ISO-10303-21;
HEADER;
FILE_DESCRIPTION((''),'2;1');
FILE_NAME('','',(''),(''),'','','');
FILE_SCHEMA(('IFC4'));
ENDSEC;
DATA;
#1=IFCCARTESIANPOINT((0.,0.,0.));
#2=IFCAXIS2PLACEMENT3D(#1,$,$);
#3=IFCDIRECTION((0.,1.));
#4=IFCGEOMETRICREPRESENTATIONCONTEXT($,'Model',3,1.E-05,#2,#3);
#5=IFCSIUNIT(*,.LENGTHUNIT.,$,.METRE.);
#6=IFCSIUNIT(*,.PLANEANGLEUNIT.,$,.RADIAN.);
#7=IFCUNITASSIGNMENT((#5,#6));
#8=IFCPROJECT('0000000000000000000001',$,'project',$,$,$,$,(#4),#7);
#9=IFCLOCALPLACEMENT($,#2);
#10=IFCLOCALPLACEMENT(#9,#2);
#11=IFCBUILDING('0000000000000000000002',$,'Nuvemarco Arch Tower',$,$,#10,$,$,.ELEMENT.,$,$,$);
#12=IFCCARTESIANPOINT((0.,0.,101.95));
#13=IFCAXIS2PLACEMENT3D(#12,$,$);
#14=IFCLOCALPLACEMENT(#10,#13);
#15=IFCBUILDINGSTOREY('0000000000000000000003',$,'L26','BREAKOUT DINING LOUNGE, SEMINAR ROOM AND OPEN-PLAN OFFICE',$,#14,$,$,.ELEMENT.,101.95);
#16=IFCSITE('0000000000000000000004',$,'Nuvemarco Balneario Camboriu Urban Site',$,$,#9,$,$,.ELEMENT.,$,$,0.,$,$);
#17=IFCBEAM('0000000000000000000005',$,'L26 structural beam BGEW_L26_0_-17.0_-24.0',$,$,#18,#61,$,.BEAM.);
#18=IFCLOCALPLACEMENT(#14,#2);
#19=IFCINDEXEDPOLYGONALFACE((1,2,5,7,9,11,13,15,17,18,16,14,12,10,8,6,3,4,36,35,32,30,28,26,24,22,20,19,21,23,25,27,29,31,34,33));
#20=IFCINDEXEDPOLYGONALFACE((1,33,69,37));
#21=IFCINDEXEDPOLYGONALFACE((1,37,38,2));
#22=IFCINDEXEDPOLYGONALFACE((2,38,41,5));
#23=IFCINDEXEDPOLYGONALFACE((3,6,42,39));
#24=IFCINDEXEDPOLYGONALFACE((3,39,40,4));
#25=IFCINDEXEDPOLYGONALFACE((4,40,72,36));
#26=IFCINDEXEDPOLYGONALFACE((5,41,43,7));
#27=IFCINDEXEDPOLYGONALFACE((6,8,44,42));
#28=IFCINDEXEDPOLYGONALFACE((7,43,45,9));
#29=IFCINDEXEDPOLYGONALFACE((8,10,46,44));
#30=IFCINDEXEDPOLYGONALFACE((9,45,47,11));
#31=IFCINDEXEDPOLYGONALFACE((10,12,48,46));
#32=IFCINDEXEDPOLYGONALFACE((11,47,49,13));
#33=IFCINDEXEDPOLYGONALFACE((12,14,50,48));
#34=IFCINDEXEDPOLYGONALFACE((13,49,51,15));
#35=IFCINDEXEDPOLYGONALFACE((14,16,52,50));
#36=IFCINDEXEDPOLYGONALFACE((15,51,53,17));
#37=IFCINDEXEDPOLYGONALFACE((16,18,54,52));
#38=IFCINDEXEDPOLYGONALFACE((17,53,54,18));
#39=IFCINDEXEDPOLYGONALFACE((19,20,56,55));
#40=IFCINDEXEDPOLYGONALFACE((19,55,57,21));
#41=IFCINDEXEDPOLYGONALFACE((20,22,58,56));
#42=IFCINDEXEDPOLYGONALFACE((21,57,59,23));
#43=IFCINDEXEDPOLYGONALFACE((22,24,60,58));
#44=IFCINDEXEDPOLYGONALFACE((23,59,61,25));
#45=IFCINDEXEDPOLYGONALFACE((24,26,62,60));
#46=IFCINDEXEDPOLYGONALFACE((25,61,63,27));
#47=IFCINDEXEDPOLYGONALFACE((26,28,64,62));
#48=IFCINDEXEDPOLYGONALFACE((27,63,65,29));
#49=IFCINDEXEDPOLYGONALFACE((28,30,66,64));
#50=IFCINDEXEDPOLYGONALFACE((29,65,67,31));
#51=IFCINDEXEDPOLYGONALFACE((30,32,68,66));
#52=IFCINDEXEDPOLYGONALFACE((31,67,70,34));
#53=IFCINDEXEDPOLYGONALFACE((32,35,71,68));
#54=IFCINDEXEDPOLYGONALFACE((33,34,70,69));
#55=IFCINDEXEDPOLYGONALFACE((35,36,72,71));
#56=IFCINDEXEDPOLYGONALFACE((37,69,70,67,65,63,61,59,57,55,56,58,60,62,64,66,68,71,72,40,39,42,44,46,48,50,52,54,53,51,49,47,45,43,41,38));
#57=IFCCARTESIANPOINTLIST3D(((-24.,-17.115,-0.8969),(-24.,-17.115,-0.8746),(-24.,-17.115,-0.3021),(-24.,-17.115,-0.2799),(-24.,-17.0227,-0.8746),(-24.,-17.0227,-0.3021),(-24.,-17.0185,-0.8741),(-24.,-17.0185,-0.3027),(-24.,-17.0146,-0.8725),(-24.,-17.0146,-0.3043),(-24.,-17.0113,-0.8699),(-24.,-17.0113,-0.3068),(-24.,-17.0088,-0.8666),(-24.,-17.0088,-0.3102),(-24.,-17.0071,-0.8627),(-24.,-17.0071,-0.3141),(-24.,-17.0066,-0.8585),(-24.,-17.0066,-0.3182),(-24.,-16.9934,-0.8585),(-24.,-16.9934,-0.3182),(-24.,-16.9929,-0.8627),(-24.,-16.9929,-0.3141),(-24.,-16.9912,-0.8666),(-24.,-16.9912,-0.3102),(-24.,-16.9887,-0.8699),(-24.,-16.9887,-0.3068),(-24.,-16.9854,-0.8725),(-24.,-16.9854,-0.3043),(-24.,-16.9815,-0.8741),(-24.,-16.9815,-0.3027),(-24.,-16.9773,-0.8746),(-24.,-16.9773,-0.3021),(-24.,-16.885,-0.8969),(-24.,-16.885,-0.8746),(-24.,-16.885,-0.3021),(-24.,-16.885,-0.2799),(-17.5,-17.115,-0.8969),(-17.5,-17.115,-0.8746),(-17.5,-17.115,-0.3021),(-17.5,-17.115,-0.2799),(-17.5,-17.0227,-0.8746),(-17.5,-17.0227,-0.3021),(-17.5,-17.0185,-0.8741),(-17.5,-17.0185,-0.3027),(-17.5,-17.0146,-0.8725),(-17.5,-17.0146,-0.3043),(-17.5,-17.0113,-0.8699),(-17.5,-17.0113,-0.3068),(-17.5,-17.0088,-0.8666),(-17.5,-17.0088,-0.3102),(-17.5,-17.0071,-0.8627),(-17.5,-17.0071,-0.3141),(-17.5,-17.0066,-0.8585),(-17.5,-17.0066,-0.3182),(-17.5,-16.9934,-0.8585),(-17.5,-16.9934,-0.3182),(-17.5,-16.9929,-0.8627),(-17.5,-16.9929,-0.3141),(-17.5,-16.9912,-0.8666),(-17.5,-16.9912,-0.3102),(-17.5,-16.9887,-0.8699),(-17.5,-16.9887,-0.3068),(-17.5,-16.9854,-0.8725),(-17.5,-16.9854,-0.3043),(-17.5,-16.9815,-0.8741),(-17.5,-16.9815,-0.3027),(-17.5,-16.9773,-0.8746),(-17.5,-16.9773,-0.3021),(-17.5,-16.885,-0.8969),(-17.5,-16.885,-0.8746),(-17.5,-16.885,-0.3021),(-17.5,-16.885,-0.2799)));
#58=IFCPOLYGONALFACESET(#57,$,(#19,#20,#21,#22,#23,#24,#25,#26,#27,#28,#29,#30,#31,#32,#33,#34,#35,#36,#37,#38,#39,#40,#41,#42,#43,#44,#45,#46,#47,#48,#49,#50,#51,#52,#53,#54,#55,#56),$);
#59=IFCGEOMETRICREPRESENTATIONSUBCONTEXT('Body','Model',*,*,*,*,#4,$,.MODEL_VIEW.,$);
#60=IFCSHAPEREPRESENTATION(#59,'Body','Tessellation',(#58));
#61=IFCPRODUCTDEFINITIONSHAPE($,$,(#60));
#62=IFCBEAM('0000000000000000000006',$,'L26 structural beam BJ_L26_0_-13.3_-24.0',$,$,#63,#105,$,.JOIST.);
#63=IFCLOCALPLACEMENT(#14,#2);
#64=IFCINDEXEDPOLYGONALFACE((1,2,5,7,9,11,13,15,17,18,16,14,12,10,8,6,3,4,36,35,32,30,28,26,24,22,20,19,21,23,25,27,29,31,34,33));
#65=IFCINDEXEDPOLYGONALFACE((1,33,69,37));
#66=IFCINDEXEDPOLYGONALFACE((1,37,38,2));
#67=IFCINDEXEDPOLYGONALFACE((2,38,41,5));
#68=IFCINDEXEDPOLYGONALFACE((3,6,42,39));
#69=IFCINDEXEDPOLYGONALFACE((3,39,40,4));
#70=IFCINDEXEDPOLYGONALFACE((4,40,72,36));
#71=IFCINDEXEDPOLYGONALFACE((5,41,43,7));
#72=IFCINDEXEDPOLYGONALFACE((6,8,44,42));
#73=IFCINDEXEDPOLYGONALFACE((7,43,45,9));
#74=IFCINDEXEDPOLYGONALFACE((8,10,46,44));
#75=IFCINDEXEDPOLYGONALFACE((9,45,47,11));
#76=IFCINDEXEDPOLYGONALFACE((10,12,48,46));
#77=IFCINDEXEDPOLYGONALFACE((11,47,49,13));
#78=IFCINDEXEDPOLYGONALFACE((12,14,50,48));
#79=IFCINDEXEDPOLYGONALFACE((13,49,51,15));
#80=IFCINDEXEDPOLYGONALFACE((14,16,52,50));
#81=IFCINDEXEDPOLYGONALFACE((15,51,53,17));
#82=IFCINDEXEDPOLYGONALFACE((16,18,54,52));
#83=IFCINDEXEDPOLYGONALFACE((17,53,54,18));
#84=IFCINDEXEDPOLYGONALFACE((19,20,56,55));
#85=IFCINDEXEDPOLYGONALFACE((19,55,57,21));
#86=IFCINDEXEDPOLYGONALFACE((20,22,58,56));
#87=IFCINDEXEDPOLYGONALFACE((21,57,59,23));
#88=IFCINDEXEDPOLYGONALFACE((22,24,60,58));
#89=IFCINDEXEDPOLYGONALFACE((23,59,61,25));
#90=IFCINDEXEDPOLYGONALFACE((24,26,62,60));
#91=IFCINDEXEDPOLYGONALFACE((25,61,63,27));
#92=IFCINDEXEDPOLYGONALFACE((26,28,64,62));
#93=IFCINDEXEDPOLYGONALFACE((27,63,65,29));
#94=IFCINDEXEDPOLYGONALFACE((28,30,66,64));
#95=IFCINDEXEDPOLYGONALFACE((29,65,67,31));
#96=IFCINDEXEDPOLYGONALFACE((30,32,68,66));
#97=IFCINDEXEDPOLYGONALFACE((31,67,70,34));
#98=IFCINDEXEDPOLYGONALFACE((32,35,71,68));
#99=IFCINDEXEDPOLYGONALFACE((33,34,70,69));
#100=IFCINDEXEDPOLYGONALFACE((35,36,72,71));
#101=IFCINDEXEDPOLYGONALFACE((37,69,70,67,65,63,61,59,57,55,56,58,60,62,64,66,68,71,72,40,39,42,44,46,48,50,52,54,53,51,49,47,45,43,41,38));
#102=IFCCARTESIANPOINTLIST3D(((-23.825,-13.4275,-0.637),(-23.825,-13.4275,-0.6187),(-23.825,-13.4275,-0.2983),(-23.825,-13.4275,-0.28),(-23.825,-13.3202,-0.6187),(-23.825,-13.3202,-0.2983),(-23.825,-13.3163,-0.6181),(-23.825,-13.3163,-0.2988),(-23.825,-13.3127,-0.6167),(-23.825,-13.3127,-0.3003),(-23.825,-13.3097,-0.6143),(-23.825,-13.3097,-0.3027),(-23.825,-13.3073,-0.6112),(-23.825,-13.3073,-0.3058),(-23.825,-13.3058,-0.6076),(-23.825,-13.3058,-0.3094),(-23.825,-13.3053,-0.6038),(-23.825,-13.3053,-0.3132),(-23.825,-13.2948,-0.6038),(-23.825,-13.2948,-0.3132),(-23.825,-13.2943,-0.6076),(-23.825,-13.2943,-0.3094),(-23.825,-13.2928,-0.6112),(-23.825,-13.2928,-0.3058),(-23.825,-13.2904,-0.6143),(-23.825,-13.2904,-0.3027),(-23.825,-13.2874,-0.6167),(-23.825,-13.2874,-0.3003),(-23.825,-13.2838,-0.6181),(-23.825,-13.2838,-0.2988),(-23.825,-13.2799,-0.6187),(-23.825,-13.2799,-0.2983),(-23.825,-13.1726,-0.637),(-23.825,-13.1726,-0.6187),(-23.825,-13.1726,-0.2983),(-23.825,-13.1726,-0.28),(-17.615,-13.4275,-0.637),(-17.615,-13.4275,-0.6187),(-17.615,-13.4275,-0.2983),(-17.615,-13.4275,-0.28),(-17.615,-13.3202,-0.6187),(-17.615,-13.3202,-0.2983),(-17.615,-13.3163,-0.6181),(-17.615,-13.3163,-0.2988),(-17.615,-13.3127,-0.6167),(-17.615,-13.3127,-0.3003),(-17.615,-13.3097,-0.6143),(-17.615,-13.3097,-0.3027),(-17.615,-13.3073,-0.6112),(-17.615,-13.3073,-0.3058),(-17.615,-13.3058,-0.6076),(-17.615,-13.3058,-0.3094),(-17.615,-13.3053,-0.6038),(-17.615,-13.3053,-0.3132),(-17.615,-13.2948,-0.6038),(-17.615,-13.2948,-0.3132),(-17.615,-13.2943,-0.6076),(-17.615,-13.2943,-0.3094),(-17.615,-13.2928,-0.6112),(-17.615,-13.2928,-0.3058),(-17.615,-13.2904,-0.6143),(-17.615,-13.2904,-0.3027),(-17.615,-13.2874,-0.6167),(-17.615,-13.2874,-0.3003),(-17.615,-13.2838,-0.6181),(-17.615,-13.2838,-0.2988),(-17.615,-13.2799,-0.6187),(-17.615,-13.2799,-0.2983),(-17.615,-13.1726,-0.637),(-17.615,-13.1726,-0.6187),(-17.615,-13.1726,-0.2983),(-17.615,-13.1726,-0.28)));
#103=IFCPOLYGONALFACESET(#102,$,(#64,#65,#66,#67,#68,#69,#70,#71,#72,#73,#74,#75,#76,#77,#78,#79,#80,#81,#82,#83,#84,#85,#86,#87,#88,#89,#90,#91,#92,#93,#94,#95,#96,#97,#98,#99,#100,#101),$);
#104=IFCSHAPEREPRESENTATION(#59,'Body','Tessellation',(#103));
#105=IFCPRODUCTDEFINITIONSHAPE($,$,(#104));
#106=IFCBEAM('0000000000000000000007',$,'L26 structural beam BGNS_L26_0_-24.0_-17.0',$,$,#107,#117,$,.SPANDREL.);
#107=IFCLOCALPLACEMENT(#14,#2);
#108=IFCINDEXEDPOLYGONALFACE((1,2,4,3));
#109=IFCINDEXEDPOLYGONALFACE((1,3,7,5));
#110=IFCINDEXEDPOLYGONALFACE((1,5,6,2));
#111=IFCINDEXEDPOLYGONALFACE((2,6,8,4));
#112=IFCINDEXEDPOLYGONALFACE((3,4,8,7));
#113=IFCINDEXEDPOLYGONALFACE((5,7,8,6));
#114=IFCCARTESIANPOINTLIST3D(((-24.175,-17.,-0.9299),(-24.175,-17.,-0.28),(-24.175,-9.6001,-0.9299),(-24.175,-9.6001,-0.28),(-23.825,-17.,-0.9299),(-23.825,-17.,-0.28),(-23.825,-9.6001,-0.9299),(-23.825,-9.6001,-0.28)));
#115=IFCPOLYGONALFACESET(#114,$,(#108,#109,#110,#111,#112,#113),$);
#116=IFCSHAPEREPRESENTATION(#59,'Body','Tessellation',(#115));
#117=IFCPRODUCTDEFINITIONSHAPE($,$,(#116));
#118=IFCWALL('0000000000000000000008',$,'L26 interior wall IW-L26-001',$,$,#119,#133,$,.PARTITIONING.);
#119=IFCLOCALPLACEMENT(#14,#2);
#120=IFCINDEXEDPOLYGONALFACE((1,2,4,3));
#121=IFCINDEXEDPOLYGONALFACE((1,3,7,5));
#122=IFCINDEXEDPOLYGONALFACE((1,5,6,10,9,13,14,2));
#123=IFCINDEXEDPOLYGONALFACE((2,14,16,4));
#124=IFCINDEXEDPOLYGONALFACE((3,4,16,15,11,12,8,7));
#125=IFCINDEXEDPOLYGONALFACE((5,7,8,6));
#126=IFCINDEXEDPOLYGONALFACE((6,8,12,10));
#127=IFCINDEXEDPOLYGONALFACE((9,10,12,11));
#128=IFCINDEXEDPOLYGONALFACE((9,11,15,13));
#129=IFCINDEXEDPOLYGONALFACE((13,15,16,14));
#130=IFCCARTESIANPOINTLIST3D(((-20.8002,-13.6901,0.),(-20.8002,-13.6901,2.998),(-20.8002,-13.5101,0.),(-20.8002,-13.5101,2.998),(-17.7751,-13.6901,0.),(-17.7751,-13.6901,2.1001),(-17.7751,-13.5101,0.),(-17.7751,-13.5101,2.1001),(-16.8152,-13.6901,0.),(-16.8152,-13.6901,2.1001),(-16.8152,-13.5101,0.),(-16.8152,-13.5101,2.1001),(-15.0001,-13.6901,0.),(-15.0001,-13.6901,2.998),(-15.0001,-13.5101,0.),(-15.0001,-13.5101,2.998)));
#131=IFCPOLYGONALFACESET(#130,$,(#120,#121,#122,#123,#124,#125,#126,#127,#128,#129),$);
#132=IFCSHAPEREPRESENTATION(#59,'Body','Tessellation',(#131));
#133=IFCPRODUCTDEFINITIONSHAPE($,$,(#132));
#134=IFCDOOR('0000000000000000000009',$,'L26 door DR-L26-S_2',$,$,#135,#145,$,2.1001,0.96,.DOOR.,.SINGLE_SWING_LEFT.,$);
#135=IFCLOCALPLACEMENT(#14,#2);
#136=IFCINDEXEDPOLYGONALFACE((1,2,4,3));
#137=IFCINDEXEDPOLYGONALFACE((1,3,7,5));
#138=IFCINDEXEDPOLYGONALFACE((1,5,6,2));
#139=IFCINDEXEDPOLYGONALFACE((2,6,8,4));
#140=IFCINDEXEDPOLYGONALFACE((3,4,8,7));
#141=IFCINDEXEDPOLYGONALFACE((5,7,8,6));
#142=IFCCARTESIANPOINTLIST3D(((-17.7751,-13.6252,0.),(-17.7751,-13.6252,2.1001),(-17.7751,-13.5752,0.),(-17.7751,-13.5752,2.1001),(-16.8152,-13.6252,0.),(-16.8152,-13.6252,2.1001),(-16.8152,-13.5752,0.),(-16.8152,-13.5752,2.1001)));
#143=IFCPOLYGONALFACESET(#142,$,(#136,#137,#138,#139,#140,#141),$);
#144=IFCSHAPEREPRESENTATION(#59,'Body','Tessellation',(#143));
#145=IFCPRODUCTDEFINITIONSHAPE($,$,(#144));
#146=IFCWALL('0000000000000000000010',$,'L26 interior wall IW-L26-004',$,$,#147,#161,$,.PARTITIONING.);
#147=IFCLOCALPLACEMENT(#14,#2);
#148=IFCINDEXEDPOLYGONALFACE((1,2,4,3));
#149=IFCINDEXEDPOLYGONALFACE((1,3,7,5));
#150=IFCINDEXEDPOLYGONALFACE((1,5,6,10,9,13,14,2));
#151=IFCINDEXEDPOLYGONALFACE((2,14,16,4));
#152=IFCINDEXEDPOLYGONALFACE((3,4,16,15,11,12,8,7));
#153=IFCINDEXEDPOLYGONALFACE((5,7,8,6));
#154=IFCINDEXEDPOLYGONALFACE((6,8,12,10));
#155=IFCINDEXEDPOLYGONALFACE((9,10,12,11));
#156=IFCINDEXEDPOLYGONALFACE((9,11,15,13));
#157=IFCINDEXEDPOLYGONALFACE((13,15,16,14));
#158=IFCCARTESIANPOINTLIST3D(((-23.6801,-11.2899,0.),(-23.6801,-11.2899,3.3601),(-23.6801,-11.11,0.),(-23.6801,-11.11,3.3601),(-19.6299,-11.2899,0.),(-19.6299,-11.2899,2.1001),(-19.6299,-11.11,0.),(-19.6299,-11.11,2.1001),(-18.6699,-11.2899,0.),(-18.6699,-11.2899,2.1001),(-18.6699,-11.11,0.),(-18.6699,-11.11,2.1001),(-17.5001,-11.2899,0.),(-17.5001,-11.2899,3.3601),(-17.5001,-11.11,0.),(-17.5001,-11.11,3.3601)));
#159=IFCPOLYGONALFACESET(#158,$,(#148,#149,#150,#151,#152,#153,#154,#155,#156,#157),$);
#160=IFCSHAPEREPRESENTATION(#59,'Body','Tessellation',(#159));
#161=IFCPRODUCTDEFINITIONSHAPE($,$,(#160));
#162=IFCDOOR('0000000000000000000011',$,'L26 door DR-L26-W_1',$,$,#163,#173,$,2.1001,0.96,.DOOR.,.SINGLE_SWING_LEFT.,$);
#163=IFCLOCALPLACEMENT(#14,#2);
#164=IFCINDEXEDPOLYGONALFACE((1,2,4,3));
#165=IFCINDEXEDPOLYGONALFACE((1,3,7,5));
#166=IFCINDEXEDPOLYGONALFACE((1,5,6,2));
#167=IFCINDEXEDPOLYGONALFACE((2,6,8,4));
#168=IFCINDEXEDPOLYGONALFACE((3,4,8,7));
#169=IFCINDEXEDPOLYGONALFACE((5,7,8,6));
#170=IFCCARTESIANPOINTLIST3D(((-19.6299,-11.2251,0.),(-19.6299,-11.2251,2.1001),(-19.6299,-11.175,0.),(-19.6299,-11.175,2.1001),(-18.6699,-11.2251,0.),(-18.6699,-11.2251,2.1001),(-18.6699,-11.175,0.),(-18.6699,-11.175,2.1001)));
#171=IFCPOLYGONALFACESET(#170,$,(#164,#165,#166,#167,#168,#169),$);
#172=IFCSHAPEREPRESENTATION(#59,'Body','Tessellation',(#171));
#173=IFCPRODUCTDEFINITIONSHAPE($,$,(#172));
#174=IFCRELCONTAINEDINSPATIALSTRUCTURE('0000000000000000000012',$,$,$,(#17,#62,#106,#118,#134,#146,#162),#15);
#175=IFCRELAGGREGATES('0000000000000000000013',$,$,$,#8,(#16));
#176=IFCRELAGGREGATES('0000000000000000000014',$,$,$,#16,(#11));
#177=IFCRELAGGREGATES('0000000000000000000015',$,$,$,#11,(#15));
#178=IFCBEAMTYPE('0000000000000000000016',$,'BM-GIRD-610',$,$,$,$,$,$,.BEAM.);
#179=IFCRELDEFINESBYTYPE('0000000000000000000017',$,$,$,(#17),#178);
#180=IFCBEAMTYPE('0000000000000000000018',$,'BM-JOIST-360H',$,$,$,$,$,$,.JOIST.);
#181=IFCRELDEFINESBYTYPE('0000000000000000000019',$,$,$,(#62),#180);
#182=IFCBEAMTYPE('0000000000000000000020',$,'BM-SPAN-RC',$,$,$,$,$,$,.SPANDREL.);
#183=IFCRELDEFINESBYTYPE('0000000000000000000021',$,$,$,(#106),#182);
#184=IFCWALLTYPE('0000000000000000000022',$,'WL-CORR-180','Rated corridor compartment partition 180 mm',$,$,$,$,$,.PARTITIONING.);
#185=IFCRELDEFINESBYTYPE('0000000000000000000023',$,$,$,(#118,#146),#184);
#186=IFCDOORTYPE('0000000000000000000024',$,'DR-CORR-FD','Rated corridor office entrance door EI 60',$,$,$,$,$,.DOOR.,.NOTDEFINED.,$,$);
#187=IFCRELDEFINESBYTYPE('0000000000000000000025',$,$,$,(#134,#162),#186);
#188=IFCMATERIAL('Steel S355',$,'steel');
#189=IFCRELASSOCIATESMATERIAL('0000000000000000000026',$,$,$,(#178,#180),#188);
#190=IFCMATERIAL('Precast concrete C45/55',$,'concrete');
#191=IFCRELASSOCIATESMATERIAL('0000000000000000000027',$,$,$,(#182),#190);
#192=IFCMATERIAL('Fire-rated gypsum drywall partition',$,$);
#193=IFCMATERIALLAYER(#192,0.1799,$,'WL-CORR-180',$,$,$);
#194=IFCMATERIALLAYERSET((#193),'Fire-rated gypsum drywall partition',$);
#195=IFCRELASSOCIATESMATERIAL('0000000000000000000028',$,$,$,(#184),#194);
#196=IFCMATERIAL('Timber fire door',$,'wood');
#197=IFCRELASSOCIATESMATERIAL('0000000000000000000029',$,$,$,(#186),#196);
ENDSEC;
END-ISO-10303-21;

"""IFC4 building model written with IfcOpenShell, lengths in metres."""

from ifc_helpers import new_model, si_unit, direction, frame, frame_2d, origin, origin_2d, place, context, subcontext, project, spatial, rectangle, i_section, extrude, source, transform, mapped, material, layer, layer_set, material_profile, profile_set, type_object, type_shapes, element, fill, save


model = new_model("IFC4")

# Units and contexts
model_context = context("Model", 3, precision=1e-05, world=origin(), true_north=direction((0.0, 1.0)))
body_context = subcontext(model_context, "Body", "Model", "MODEL_VIEW")
ifc_project = project(units=[si_unit("LENGTHUNIT", "METRE"), si_unit("PLANEANGLEUNIT", "RADIAN")], contexts=[model_context])

# Site, building, storey
site_placement = place(None, origin())
site = spatial("IfcSite", under=ifc_project, at=site_placement, Name="Nuvemarco Balneario Camboriu Urban Site", CompositionType="ELEMENT", RefElevation=0.0)
building_placement = place(site_placement, origin())
building = spatial("IfcBuilding", under=site, at=building_placement, Name="Nuvemarco Arch Tower", CompositionType="ELEMENT")
storey_placement = place(building_placement, frame((0.0, 0.0, 101.95)))
storey = spatial("IfcBuildingStorey", under=building, at=storey_placement, Name="L26", Description="BREAKOUT DINING LOUNGE, SEMINAR ROOM AND OPEN-PLAN OFFICE", CompositionType="ELEMENT", Elevation=101.95)

# Shared definitions
ifc_material_1 = material(Name="Steel S355", Category="steel")

# Beams
ifc_material_profile_1 = material_profile(ifc_material_1, i_section(OverallWidth=0.23, OverallDepth=0.6169, WebThickness=0.0132, FlangeThickness=0.0222, FilletRadius=0.0161, at=origin_2d()), Name="W610x140")
ifc_profile_set_1 = profile_set([ifc_material_profile_1], Name="Steel S355")
beam_type_1 = type_object("IfcBeamType", Name="BM-GIRD-610", PredefinedType="BEAM", material=ifc_profile_set_1)
beam_1_placement = place(storey_placement, frame((-24.0, -17.0, -0.5884), z_axis=(1.0, 0.0, 0.0), x_axis=(0.0, 1.0, 0.0)))
element("IfcBeam", 1, at=beam_1_placement, inside=storey, type_object=beam_type_1, Name="L26 structural beam BGEW_L26_0_-17.0_-24.0", PredefinedType="BEAM", context=body_context, shape_type="SweptSolid", body=[
    extrude(i_section(OverallWidth=0.23, OverallDepth=0.6169, WebThickness=0.0132, FlangeThickness=0.0222, FilletRadius=0.0161, at=origin_2d()), origin(), (0.0, 0.0, 1.0), 6.5),
])
ifc_material_profile_2 = material_profile(ifc_material_1, i_section(OverallWidth=0.2549, OverallDepth=0.3569, WebThickness=0.0105, FlangeThickness=0.0183, FilletRadius=0.0149, at=origin_2d()), Name="W360x101")
ifc_profile_set_2 = profile_set([ifc_material_profile_2], Name="Steel S355")
beam_type_2 = type_object("IfcBeamType", Name="BM-JOIST-360H", PredefinedType="JOIST", material=ifc_profile_set_2)
beam_2_placement = place(storey_placement, frame((-23.825, -13.3, -0.4585), z_axis=(1.0, 0.0, 0.0), x_axis=(0.0, 1.0, 0.0)))
element("IfcBeam", 2, at=beam_2_placement, inside=storey, type_object=beam_type_2, Name="L26 structural beam BJ_L26_0_-13.3_-24.0", PredefinedType="JOIST", context=body_context, shape_type="SweptSolid", body=[
    extrude(i_section(OverallWidth=0.2549, OverallDepth=0.3569, WebThickness=0.0105, FlangeThickness=0.0183, FilletRadius=0.0149, at=origin_2d()), origin(), (0.0, 0.0, 1.0), 6.21),
])
ifc_material_2 = material(Name="Precast concrete C45/55", Category="concrete")
ifc_material_profile_3 = material_profile(ifc_material_2, rectangle(XDim=0.3501, YDim=0.6499, at=origin_2d()), Name="PC-SP-350x650")
ifc_profile_set_3 = profile_set([ifc_material_profile_3], Name="Precast concrete C45/55")
beam_type_3 = type_object("IfcBeamType", Name="BM-SPAN-RC", PredefinedType="SPANDREL", material=ifc_profile_set_3)
beam_3_placement = place(storey_placement, frame((-24.0, -17.0, -0.605), z_axis=(0.0, 1.0, 0.0), x_axis=(-1.0, 0.0, 0.0)))
element("IfcBeam", 3, at=beam_3_placement, inside=storey, type_object=beam_type_3, Name="L26 structural beam BGNS_L26_0_-24.0_-17.0", PredefinedType="SPANDREL", context=body_context, shape_type="SweptSolid", body=[
    extrude(rectangle(XDim=0.3501, YDim=0.6499, at=origin_2d()), origin(), (0.0, 0.0, 1.0), 7.3999),
])

# Walls, openings, doors
ifc_material_3 = material(Name="Fire-rated gypsum drywall partition")
ifc_layer = layer(ifc_material_3, 0.1799, Name="WL-CORR-180")
ifc_layer_set = layer_set([ifc_layer], Name="Fire-rated gypsum drywall partition")
wall_type = type_object("IfcWallType", Name="WL-CORR-180", Description="Rated corridor compartment partition 180 mm", PredefinedType="PARTITIONING", material=ifc_layer_set)
wall_1_placement = place(storey_placement, frame((-20.8, -13.6001, 0.0), z_axis=(0.0, 0.0, 1.0), x_axis=(1.0, 0.0, 0.0)))
wall_1 = element("IfcWall", 4, at=wall_1_placement, inside=storey, type_object=wall_type, Name="L26 interior wall IW-L26-001", PredefinedType="PARTITIONING", context=body_context, shape_type="SweptSolid", body=[
    extrude(rectangle(XDim=5.8, YDim=0.1799, at=frame_2d((2.8999, 0.0))), origin(), (0.0, 0.0, 1.0), 2.998),
])
opening_1_placement = place(wall_1_placement, frame((3.0249, 0.0, 0.0)))
opening_1 = element("IfcOpeningElement", 5, at=opening_1_placement, cuts=wall_1, PredefinedType="OPENING", context=body_context, shape_type="SweptSolid", body=[
    extrude(rectangle(XDim=0.96, YDim=2.1001, at=frame_2d((0.48, 1.05))), frame((0.0, 0.0999, 0.0), z_axis=(0.0, -1.0, 0.0), x_axis=(1.0, 0.0, 0.0)), (0.0, 0.0, 1.0), 0.2),
])
ifc_material_4 = material(Name="Timber fire door", Category="wood")
door_type = type_object("IfcDoorType", Name="DR-CORR-FD", Description="Rated corridor office entrance door EI 60", OperationType="NOTDEFINED", PredefinedType="DOOR", material=ifc_material_4)
shared_shape_1 = source(origin(), body_context, "Body", "SweptSolid", [
    extrude(rectangle(XDim=0.96, YDim=2.1001, at=frame_2d((0.48, 1.05))), frame((0.0, 0.0249, 0.0), z_axis=(0.0, -1.0, 0.0), x_axis=(1.0, 0.0, 0.0)), (0.0, 0.0, 1.0), 0.05),
])
type_shapes(door_type, [shared_shape_1])
door_1_placement = place(opening_1_placement, origin())
door_1 = element("IfcDoor", 6, at=door_1_placement, inside=storey, type_object=door_type, Name="L26 door DR-L26-S_2", OperationType="SINGLE_SWING_LEFT", OverallHeight=2.1001, OverallWidth=0.96, PredefinedType="DOOR", context=body_context, shape_type="MappedRepresentation", body=[
    mapped(shared_shape_1, transform((0.0, 0.0, 0.0), scale=1.0)),
])
fill(opening_1, door_1)
wall_2_placement = place(storey_placement, frame((-23.6799, -11.2, 0.0), z_axis=(0.0, 0.0, 1.0), x_axis=(1.0, 0.0, 0.0)))
wall_2 = element("IfcWall", 7, at=wall_2_placement, inside=storey, type_object=wall_type, Name="L26 interior wall IW-L26-004", PredefinedType="PARTITIONING", context=body_context, shape_type="SweptSolid", body=[
    extrude(rectangle(XDim=6.1799, YDim=0.1799, at=frame_2d((3.0898, 0.0))), origin(), (0.0, 0.0, 1.0), 3.3601),
])
opening_2_placement = place(wall_2_placement, frame((4.05, 0.0, 0.0)))
opening_2 = element("IfcOpeningElement", 8, at=opening_2_placement, cuts=wall_2, PredefinedType="OPENING", context=body_context, shape_type="SweptSolid", body=[
    extrude(rectangle(XDim=0.96, YDim=2.1001, at=frame_2d((0.48, 1.05))), frame((0.0, 0.0999, 0.0), z_axis=(0.0, -1.0, 0.0), x_axis=(1.0, 0.0, 0.0)), (0.0, 0.0, 1.0), 0.2),
])
door_2_placement = place(opening_2_placement, origin())
door_2 = element("IfcDoor", 9, at=door_2_placement, inside=storey, type_object=door_type, Name="L26 door DR-L26-W_1", OperationType="SINGLE_SWING_LEFT", OverallHeight=2.1001, OverallWidth=0.96, PredefinedType="DOOR", context=body_context, shape_type="MappedRepresentation", body=[
    mapped(shared_shape_1, transform((0.0, 0.0, 0.0), scale=1.0)),
])
fill(opening_2, door_2)

save(model, "model.ifc")
